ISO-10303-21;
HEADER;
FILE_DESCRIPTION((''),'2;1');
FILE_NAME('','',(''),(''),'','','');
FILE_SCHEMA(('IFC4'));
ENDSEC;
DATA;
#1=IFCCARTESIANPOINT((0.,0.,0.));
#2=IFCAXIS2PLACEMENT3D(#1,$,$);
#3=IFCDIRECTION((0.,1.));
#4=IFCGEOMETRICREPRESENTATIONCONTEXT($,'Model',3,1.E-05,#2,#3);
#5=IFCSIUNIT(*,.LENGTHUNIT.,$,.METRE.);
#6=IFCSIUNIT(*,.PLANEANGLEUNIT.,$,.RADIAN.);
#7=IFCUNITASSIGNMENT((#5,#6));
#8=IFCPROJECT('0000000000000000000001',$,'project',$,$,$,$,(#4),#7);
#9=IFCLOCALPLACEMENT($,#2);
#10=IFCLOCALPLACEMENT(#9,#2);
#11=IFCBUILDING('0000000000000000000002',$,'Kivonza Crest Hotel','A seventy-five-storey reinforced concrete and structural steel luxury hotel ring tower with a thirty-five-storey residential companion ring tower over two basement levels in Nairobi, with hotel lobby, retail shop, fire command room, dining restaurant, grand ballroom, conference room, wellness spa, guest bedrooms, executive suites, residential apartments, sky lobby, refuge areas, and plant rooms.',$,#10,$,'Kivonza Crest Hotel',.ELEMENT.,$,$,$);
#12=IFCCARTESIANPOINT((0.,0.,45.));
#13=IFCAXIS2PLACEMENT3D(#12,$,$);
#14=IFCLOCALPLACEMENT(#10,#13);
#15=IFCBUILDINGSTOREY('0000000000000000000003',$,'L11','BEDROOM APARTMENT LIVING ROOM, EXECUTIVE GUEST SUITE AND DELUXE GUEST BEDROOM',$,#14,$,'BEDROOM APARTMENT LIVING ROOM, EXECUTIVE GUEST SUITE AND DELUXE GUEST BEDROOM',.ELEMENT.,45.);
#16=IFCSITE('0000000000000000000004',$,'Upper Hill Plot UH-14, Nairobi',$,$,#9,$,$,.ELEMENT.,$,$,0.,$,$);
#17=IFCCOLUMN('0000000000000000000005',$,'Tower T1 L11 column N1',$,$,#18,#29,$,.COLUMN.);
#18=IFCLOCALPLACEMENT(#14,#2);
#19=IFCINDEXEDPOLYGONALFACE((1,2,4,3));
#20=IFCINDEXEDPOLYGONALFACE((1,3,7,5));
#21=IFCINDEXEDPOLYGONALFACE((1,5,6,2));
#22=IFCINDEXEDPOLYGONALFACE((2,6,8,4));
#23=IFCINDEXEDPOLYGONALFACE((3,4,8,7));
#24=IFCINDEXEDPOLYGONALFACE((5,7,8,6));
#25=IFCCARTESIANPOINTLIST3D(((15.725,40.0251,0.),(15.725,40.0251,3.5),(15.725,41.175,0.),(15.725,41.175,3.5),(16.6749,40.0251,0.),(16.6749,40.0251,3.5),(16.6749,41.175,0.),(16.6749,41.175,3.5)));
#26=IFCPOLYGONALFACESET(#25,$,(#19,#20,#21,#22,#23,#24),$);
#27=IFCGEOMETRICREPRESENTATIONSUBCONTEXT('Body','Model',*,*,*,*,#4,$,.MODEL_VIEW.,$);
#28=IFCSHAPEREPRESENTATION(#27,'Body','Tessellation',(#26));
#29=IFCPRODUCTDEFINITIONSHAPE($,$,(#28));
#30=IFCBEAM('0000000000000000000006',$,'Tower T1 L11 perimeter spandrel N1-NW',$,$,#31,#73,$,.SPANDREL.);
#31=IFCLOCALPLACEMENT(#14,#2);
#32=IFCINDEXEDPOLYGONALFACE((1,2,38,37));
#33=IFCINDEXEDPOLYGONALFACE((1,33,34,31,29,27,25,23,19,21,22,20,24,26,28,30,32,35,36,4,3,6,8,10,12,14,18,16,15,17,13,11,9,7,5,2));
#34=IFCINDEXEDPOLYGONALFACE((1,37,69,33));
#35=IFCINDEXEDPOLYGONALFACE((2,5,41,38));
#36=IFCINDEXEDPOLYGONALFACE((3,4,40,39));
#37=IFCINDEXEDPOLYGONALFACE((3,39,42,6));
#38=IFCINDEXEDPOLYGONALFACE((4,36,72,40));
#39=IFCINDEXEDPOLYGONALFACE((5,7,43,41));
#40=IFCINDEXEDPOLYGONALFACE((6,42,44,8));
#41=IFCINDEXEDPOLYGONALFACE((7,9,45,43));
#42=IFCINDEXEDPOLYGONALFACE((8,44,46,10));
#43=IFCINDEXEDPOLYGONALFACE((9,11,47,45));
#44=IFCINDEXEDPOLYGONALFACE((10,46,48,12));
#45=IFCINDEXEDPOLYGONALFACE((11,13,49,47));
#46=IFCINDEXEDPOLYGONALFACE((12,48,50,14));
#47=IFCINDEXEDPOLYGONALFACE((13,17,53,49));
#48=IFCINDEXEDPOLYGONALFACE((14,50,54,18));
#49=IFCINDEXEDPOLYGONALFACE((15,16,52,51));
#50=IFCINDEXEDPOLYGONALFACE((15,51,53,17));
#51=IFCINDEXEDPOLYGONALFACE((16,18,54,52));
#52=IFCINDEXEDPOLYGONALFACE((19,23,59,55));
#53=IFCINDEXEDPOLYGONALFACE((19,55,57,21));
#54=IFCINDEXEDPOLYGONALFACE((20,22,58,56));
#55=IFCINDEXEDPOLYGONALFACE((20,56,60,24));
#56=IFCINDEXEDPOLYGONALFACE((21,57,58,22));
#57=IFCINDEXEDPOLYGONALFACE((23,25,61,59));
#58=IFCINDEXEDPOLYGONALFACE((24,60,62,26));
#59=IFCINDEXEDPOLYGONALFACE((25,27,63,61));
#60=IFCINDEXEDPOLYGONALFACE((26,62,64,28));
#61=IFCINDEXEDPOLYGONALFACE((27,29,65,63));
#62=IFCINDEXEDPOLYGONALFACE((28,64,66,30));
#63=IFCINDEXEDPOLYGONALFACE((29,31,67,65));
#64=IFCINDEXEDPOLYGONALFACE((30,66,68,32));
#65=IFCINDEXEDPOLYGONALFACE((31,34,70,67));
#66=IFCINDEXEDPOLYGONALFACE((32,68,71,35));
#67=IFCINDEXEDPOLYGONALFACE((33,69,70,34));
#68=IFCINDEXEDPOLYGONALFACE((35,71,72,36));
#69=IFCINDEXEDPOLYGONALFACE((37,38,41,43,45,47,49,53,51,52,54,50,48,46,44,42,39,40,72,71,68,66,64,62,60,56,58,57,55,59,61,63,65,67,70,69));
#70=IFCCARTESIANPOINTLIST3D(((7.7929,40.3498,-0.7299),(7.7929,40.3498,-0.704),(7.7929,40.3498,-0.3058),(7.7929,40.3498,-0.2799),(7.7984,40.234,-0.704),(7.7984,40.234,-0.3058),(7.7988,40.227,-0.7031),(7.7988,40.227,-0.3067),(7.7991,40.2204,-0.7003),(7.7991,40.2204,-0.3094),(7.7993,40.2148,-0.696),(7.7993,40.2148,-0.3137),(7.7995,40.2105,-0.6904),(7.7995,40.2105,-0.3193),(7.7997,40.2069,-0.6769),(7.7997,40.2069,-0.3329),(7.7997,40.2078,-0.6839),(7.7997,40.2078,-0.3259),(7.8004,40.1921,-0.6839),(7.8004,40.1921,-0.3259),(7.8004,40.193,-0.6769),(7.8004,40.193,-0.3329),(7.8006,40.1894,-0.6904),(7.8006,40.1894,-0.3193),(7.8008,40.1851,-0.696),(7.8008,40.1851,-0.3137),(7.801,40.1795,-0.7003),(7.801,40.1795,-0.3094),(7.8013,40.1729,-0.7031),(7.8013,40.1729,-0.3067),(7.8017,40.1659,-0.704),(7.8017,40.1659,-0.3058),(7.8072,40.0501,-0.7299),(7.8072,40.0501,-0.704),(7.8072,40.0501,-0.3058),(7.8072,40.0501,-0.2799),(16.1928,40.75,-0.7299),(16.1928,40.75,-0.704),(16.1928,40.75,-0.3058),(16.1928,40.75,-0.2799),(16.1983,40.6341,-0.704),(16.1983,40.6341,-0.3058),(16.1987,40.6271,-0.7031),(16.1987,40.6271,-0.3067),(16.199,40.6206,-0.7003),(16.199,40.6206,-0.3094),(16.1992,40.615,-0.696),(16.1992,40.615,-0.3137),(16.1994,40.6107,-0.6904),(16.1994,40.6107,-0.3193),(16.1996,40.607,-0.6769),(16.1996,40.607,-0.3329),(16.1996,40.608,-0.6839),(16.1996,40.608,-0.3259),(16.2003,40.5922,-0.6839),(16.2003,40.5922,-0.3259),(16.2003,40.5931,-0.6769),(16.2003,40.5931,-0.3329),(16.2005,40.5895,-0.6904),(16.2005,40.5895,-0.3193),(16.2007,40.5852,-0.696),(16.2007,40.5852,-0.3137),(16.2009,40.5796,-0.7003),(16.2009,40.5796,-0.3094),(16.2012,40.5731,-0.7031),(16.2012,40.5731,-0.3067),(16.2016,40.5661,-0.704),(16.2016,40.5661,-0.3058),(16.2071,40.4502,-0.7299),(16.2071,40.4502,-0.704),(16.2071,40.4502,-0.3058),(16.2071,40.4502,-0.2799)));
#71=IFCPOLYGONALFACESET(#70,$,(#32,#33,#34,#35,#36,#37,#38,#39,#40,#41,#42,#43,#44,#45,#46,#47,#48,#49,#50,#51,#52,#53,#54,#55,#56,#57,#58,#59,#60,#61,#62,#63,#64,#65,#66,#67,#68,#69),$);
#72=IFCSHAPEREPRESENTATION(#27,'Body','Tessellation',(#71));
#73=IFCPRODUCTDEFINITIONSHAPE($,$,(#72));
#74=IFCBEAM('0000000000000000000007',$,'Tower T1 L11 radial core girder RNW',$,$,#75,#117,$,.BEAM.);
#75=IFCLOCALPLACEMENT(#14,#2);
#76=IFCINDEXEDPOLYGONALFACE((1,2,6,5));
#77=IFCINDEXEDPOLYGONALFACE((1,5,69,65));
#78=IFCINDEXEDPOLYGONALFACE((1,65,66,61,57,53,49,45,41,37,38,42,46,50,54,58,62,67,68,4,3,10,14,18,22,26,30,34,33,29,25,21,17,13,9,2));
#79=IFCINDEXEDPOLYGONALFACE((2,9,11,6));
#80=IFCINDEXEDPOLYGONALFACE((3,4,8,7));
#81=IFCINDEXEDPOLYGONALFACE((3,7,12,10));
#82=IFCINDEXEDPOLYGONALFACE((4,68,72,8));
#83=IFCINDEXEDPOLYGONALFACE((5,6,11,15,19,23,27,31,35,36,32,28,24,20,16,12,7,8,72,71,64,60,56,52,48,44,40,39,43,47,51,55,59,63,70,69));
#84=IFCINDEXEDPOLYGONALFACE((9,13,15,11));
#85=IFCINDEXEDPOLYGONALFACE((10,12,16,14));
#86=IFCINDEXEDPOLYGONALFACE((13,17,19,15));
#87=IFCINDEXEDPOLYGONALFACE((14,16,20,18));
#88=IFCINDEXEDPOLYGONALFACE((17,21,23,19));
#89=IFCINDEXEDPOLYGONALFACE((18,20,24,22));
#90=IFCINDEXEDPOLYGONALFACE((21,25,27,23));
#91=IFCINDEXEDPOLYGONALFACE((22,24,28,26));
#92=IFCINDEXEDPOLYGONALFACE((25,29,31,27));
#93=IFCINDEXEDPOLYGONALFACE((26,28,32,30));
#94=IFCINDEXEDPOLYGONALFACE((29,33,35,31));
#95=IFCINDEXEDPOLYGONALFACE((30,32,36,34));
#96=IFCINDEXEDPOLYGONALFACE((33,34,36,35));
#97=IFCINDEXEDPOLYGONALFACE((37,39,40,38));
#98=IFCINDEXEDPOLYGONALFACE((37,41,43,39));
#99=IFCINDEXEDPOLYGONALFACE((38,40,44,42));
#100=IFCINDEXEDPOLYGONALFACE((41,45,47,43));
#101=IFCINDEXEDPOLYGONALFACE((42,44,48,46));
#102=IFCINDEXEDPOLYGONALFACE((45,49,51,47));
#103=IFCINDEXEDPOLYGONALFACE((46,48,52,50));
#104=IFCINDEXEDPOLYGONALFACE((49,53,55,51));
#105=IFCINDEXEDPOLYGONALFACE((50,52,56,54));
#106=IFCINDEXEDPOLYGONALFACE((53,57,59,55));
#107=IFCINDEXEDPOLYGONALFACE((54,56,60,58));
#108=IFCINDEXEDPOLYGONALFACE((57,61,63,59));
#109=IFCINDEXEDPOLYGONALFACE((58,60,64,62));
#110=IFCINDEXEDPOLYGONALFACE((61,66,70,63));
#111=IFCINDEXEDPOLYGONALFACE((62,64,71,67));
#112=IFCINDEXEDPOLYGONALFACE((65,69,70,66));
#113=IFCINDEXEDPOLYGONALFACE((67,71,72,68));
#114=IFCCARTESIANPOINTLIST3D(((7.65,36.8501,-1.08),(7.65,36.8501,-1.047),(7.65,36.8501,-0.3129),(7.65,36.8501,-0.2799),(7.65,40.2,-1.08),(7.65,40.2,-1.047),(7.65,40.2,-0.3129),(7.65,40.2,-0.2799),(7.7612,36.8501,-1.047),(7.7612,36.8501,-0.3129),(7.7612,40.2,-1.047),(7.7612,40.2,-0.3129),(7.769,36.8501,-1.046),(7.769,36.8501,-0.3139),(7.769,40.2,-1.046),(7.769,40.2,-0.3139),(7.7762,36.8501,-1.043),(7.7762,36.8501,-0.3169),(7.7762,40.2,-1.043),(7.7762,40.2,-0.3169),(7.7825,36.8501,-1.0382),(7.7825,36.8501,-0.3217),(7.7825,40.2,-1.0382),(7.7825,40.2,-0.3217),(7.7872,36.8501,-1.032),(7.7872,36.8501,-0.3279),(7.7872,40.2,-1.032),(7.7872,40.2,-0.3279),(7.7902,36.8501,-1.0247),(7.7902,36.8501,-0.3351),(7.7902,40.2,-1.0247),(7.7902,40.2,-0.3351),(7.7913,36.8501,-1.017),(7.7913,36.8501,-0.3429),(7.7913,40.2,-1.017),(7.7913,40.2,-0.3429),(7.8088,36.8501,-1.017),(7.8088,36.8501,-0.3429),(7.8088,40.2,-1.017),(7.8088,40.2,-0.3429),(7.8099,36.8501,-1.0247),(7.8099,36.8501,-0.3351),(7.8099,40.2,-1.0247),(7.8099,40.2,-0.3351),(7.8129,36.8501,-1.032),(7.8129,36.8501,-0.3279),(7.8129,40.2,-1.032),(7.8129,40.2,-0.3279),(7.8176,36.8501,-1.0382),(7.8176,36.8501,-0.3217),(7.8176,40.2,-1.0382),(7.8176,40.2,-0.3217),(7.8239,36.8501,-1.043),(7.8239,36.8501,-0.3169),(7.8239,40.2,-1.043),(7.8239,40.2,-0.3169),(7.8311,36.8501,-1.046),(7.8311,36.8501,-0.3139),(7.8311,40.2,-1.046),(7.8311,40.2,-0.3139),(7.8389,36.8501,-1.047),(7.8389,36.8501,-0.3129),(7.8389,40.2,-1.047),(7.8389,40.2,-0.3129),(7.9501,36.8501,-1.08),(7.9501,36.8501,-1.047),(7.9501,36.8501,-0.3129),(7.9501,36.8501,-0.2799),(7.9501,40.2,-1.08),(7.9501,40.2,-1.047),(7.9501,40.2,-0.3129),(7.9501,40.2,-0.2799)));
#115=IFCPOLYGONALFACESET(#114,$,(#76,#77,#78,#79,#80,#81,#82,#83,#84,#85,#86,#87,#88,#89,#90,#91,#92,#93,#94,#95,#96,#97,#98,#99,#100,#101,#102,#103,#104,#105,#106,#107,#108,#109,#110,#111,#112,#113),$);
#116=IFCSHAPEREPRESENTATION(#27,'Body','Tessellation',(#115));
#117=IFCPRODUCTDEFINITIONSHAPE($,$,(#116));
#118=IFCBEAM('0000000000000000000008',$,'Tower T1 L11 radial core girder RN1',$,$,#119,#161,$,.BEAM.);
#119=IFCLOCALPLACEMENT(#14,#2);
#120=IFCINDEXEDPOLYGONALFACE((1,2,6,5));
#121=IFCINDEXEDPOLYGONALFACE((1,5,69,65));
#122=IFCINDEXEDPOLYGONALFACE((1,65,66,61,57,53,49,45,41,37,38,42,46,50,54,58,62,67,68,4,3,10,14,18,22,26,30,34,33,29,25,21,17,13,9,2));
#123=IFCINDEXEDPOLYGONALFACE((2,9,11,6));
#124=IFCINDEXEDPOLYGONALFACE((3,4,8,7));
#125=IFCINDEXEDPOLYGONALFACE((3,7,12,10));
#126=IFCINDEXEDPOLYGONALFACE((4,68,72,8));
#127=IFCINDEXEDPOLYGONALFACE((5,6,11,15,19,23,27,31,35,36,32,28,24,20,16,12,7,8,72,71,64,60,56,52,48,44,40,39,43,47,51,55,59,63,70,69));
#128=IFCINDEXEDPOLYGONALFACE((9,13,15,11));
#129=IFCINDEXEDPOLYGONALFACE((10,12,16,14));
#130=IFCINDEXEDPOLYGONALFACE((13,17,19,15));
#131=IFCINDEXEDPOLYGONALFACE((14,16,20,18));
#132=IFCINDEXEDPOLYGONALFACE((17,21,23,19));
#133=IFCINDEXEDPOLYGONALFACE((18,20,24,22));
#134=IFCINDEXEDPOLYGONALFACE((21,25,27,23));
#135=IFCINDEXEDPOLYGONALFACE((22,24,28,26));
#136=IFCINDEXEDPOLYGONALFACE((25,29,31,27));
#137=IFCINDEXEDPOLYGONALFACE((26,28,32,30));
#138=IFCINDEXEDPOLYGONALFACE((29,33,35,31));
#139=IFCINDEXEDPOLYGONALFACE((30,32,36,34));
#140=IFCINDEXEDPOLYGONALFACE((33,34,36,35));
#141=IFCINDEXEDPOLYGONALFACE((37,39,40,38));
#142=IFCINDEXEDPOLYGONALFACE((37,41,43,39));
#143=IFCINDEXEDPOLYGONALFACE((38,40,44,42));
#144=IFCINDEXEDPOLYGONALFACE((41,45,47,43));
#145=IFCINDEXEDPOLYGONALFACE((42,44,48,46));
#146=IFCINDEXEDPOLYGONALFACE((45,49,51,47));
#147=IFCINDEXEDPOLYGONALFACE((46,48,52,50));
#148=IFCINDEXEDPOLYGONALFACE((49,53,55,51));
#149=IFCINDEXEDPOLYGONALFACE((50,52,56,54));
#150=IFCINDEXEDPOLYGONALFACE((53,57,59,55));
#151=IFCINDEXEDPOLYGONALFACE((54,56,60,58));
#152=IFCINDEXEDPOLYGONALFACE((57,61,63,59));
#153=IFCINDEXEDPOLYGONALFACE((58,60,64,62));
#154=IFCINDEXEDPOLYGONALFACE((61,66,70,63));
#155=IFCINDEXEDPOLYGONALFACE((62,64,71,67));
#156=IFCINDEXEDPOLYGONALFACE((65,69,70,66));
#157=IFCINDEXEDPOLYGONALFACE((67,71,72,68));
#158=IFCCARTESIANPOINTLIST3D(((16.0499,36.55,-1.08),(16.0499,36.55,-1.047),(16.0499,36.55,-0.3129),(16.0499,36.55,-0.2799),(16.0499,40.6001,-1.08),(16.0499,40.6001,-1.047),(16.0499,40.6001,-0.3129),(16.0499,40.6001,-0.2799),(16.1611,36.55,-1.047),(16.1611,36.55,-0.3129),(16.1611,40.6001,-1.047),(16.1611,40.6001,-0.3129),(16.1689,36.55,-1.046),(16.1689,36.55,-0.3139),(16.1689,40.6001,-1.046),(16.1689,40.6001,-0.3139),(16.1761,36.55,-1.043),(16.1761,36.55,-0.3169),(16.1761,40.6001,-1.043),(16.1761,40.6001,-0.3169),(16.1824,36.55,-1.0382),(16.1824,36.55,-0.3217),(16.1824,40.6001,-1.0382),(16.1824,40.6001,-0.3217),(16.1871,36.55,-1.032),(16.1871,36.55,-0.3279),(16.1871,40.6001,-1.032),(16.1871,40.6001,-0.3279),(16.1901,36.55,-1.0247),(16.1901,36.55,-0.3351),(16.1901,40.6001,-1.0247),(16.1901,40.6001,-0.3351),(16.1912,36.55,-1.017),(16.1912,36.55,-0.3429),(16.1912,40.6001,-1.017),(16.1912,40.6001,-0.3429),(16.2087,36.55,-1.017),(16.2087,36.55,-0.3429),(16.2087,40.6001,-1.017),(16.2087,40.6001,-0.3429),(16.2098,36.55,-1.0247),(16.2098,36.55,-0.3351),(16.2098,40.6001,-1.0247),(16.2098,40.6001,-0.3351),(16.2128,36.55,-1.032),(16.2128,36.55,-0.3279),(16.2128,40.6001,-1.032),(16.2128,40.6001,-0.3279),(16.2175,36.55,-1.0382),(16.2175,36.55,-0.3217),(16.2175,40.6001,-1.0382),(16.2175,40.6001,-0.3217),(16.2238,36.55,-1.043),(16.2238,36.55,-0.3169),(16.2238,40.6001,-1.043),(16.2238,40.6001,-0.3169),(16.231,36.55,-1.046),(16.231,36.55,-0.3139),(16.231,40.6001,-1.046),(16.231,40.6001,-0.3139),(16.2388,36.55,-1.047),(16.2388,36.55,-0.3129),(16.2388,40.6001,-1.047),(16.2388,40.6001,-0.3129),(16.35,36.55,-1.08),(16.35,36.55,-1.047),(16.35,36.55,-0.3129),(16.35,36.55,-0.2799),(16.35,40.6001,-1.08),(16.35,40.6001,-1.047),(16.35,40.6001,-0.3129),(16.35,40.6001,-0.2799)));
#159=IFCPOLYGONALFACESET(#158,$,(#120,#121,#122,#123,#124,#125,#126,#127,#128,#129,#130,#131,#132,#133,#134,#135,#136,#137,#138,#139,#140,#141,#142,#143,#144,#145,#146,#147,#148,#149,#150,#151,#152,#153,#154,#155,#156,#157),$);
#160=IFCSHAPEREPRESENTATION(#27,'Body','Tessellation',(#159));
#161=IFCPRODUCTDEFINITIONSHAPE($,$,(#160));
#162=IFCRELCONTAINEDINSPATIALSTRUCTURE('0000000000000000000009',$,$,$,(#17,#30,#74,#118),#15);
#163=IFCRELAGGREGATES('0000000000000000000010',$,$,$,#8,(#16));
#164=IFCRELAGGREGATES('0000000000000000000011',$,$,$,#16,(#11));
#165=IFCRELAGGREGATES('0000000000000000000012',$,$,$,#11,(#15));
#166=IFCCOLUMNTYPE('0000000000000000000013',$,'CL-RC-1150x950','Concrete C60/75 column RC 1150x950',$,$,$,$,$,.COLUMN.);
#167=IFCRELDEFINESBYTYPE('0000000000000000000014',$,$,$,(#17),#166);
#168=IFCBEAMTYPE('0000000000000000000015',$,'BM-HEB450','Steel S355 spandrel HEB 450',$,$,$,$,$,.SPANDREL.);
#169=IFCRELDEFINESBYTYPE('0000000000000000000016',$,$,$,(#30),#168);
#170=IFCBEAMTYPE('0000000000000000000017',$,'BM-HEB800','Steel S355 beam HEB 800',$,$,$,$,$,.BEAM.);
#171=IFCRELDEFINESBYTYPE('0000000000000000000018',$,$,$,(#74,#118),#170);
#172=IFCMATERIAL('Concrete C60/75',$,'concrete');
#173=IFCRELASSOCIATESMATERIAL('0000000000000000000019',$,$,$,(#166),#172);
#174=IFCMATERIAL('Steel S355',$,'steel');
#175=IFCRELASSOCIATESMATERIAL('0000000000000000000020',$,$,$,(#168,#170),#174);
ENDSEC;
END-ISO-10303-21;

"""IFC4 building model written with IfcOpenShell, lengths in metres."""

from ifc_helpers import new_model, si_unit, direction, frame, origin, origin_2d, place, context, subcontext, project, spatial, rectangle, i_section, extrude, material, material_profile, profile_set, type_object, element, save


model = new_model("IFC4")

# Units and contexts
model_context = context("Model", 3, precision=1e-05, world=origin(), true_north=direction((0.0, 1.0)))
body_context = subcontext(model_context, "Body", "Model", "MODEL_VIEW")
ifc_project = project(units=[si_unit("LENGTHUNIT", "METRE"), si_unit("PLANEANGLEUNIT", "RADIAN")], contexts=[model_context])

# Site, building, storey
site_placement = place(None, origin())
site = spatial("IfcSite", under=ifc_project, at=site_placement, Name="Upper Hill Plot UH-14, Nairobi", CompositionType="ELEMENT", RefElevation=0.0)
building_placement = place(site_placement, origin())
building = spatial("IfcBuilding", under=site, at=building_placement, Name="Kivonza Crest Hotel", Description="A seventy-five-storey reinforced concrete and structural steel luxury hotel ring tower with a thirty-five-storey residential companion ring tower over two basement levels in Nairobi, with hotel lobby, retail shop, fire command room, dining restaurant, grand ballroom, conference room, wellness spa, guest bedrooms, executive suites, residential apartments, sky lobby, refuge areas, and plant rooms.", LongName="Kivonza Crest Hotel", CompositionType="ELEMENT")
storey_placement = place(building_placement, frame((0.0, 0.0, 45.0)))
storey = spatial("IfcBuildingStorey", under=building, at=storey_placement, Name="L11", Description="BEDROOM APARTMENT LIVING ROOM, EXECUTIVE GUEST SUITE AND DELUXE GUEST BEDROOM", LongName="BEDROOM APARTMENT LIVING ROOM, EXECUTIVE GUEST SUITE AND DELUXE GUEST BEDROOM", CompositionType="ELEMENT", Elevation=45.0)

# Column
ifc_material_1 = material(Name="Concrete C60/75", Category="concrete")
ifc_material_profile_1 = material_profile(ifc_material_1, rectangle(XDim=0.95, YDim=1.1499, at=origin_2d()), Name="RC 1150x950")
ifc_profile_set_1 = profile_set([ifc_material_profile_1], Name="Concrete C60/75")
column_type = type_object("IfcColumnType", Name="CL-RC-1150x950", Description="Concrete C60/75 column RC 1150x950", PredefinedType="COLUMN", material=ifc_profile_set_1)
column_placement = place(storey_placement, frame((16.2, 40.6001, 0.0), z_axis=(0.0, 0.0, 1.0), x_axis=(1.0, 0.0, 0.0)))
element("IfcColumn", 1, at=column_placement, inside=storey, type_object=column_type, Name="Tower T1 L11 column N1", PredefinedType="COLUMN", context=body_context, shape_type="SweptSolid", body=[
    extrude(rectangle(XDim=0.95, YDim=1.1499, at=origin_2d()), origin(), (0.0, 0.0, 1.0), 3.5),
])

# Beams
ifc_material_2 = material(Name="Steel S355", Category="steel")
ifc_material_profile_2 = material_profile(ifc_material_2, i_section(OverallWidth=0.3, OverallDepth=0.45, WebThickness=0.0139, FlangeThickness=0.0259, FilletRadius=0.0271, at=origin_2d()), Name="HEB 450")
ifc_profile_set_2 = profile_set([ifc_material_profile_2], Name="Steel S355")
beam_type_1 = type_object("IfcBeamType", Name="BM-HEB450", Description="Steel S355 spandrel HEB 450", PredefinedType="SPANDREL", material=ifc_profile_set_2)
beam_1_placement = place(storey_placement, frame((16.2, 40.6001, -0.5049), z_axis=(-0.998867, -0.047583, 0.0), x_axis=(0.047583, -0.998867, 0.0)))
element("IfcBeam", 2, at=beam_1_placement, inside=storey, type_object=beam_type_1, Name="Tower T1 L11 perimeter spandrel N1-NW", PredefinedType="SPANDREL", context=body_context, shape_type="SweptSolid", body=[
    extrude(i_section(OverallWidth=0.3, OverallDepth=0.45, WebThickness=0.0139, FlangeThickness=0.0259, FilletRadius=0.0271, at=origin_2d()), origin(), (0.0, 0.0, 1.0), 8.4094),
])
ifc_material_profile_3 = material_profile(ifc_material_2, i_section(OverallWidth=0.3, OverallDepth=0.8, WebThickness=0.0176, FlangeThickness=0.033, FilletRadius=0.03, at=origin_2d()), Name="HEB 800")
ifc_profile_set_3 = profile_set([ifc_material_profile_3], Name="Steel S355")
beam_type_2 = type_object("IfcBeamType", Name="BM-HEB800", Description="Steel S355 beam HEB 800", PredefinedType="BEAM", material=ifc_profile_set_3)
beam_2_placement = place(storey_placement, frame((7.8, 40.2, -0.6799), z_axis=(0.0, -1.0, 0.0), x_axis=(1.0, 0.0, 0.0)))
element("IfcBeam", 3, at=beam_2_placement, inside=storey, type_object=beam_type_2, Name="Tower T1 L11 radial core girder RNW", PredefinedType="BEAM", context=body_context, shape_type="SweptSolid", body=[
    extrude(i_section(OverallWidth=0.3, OverallDepth=0.8, WebThickness=0.0176, FlangeThickness=0.033, FilletRadius=0.03, at=origin_2d()), origin(), (0.0, 0.0, 1.0), 3.3499),
])
beam_3_placement = place(storey_placement, frame((16.2, 40.6001, -0.6799), z_axis=(0.0, -1.0, 0.0), x_axis=(1.0, 0.0, 0.0)))
element("IfcBeam", 4, at=beam_3_placement, inside=storey, type_object=beam_type_2, Name="Tower T1 L11 radial core girder RN1", PredefinedType="BEAM", context=body_context, shape_type="SweptSolid", body=[
    extrude(i_section(OverallWidth=0.3, OverallDepth=0.8, WebThickness=0.0176, FlangeThickness=0.033, FilletRadius=0.03, at=origin_2d()), origin(), (0.0, 0.0, 1.0), 4.05),
])

save(model, "model.ifc")
